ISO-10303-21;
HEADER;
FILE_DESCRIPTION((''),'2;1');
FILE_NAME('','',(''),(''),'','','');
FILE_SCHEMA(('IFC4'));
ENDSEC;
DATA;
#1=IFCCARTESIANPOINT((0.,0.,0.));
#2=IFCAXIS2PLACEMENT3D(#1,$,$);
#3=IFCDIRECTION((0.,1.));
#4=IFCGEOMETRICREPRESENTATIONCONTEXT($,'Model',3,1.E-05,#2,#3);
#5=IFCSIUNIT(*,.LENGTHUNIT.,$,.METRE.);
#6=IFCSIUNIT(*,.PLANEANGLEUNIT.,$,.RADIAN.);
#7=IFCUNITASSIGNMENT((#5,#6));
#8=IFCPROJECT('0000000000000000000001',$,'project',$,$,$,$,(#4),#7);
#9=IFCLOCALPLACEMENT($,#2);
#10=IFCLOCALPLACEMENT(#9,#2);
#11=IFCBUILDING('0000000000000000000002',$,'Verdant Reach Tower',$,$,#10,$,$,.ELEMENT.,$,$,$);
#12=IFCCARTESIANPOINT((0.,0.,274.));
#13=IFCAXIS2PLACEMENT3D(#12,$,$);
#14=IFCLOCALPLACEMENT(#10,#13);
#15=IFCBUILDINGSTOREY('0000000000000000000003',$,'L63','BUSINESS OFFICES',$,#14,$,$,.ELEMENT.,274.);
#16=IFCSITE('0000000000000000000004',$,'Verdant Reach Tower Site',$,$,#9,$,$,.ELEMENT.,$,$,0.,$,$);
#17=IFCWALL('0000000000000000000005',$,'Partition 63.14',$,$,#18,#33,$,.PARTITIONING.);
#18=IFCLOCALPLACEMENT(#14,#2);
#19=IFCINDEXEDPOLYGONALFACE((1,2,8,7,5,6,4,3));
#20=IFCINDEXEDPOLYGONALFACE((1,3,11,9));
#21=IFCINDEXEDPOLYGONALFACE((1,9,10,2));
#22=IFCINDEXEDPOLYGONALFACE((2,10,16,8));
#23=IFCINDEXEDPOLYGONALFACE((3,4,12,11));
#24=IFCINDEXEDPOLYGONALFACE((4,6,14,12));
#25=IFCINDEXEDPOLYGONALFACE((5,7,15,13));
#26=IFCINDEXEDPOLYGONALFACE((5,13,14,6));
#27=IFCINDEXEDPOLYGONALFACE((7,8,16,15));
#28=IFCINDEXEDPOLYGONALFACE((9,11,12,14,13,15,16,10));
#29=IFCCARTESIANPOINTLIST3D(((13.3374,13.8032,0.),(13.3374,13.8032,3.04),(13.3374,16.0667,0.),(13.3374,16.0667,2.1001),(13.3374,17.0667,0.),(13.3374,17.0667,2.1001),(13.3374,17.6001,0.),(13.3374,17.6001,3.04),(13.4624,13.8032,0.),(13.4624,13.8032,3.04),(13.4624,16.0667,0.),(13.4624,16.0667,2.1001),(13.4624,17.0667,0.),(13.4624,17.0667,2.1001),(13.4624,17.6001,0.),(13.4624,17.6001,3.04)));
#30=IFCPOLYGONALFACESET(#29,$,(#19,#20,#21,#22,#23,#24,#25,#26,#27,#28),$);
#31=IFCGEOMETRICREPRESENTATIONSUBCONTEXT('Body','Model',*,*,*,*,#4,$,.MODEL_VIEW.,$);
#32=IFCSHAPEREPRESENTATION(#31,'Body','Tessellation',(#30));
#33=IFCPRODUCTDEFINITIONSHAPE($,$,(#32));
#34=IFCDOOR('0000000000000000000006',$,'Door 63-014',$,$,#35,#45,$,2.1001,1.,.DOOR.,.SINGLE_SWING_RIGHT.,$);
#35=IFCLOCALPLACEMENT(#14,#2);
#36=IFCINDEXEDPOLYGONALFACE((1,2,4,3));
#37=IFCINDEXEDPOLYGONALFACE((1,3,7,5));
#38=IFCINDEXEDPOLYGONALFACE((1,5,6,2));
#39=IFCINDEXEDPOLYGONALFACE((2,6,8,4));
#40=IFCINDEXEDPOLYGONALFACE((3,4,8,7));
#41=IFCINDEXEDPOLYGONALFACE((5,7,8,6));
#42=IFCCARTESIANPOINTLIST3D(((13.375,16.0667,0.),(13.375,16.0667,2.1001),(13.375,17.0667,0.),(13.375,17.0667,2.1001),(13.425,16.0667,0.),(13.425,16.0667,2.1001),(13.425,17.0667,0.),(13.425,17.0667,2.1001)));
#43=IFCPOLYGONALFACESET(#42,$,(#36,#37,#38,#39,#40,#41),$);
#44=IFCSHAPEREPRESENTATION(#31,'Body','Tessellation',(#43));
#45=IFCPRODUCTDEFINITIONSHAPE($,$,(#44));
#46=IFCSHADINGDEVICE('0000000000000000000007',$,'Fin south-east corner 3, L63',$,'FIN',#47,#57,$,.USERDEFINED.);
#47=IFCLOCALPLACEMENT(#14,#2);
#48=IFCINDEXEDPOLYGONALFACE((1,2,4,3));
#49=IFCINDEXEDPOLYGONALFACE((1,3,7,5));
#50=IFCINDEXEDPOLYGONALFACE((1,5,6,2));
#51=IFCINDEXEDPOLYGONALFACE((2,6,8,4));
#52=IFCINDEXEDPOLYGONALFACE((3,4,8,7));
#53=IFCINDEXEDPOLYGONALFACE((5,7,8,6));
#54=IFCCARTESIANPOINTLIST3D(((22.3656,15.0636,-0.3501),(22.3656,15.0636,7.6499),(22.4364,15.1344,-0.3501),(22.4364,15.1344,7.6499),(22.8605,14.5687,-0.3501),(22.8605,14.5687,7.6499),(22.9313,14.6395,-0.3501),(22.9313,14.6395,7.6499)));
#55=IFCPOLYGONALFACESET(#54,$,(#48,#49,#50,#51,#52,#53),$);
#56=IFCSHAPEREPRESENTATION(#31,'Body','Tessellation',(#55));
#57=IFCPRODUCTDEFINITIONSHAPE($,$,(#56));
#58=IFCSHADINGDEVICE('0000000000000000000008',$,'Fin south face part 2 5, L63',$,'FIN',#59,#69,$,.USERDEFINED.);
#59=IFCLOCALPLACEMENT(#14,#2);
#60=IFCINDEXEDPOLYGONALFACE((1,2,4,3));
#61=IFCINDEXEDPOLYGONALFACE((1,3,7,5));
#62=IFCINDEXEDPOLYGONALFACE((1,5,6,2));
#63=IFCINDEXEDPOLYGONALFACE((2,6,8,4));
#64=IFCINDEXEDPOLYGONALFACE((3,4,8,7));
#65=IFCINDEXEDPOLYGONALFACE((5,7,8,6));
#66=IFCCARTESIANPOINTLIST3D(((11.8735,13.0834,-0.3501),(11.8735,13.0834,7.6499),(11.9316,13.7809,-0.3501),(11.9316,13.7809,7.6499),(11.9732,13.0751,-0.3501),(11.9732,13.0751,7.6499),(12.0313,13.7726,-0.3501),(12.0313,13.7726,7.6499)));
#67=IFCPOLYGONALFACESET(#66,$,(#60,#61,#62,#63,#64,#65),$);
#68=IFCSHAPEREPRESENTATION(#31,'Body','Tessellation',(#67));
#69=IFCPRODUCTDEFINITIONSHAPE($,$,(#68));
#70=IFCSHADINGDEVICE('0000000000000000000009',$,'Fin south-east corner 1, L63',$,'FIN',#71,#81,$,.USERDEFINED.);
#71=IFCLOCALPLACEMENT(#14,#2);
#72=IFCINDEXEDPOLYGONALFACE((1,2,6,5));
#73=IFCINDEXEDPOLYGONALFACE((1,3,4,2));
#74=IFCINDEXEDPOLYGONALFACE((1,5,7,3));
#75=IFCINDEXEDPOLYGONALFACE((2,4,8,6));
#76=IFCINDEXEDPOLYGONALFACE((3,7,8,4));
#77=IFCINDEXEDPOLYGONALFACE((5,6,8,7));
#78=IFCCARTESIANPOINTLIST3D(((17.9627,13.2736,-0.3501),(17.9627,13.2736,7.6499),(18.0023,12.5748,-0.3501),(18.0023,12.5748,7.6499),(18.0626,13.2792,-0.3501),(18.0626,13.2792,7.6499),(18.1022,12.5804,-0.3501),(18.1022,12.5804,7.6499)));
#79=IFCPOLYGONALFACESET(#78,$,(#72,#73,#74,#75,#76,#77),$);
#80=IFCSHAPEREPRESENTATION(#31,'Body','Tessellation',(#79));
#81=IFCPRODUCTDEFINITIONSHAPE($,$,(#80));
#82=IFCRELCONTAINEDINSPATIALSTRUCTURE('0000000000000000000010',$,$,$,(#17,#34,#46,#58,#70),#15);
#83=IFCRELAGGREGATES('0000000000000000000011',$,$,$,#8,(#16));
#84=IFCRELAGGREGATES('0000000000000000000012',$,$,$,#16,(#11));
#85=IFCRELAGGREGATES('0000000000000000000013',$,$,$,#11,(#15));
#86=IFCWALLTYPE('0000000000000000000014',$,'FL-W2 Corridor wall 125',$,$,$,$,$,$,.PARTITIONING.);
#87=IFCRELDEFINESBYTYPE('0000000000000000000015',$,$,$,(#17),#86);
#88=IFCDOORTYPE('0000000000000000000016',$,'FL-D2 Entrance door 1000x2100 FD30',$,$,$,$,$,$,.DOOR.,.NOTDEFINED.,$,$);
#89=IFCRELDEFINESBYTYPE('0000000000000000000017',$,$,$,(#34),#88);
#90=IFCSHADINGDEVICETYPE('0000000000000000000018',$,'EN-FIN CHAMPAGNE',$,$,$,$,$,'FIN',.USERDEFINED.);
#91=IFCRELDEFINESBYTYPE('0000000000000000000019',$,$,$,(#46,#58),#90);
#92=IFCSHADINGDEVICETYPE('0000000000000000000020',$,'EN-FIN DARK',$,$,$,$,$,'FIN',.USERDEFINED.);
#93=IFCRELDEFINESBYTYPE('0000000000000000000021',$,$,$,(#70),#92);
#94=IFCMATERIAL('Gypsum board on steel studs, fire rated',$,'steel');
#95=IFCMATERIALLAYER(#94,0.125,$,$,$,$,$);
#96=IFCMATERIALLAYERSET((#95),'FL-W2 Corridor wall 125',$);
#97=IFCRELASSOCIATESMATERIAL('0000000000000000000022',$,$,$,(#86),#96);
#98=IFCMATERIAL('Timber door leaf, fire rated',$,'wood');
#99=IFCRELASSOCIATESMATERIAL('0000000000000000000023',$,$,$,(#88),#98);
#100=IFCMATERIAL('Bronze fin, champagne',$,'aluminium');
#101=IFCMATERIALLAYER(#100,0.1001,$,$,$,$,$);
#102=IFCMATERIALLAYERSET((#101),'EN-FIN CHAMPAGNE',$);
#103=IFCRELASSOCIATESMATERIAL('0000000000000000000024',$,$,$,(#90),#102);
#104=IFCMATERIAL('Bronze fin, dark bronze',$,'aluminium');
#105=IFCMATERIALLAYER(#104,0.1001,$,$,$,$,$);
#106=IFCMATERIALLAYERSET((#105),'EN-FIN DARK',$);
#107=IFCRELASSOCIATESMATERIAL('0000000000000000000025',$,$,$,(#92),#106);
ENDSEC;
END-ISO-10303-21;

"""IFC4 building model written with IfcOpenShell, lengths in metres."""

from ifc_helpers import new_model, si_unit, direction, frame, frame_2d, origin, origin_2d, place, context, subcontext, project, spatial, rectangle, extrude, material, layer, layer_set, type_object, element, fill, save


model = new_model("IFC4")

# Units and contexts
model_context = context("Model", 3, precision=1e-05, world=origin(), true_north=direction((0.0, 1.0)))
body_context = subcontext(model_context, "Body", "Model", "MODEL_VIEW")
ifc_project = project(units=[si_unit("LENGTHUNIT", "METRE"), si_unit("PLANEANGLEUNIT", "RADIAN")], contexts=[model_context])

# Site, building, storey
site_placement = place(None, origin())
site = spatial("IfcSite", under=ifc_project, at=site_placement, Name="Verdant Reach Tower Site", CompositionType="ELEMENT", RefElevation=0.0)
building_placement = place(site_placement, origin())
building = spatial("IfcBuilding", under=site, at=building_placement, Name="Verdant Reach Tower", CompositionType="ELEMENT")
storey_placement = place(building_placement, frame((0.0, 0.0, 274.0)))
storey = spatial("IfcBuildingStorey", under=building, at=storey_placement, Name="L63", Description="BUSINESS OFFICES", CompositionType="ELEMENT", Elevation=274.0)

# Wall, opening, door
ifc_material_1 = material(Name="Gypsum board on steel studs, fire rated", Category="steel")
ifc_layer_1 = layer(ifc_material_1, 0.125)
ifc_layer_set_1 = layer_set([ifc_layer_1], Name="FL-W2 Corridor wall 125")
wall_type = type_object("IfcWallType", Name="FL-W2 Corridor wall 125", PredefinedType="PARTITIONING", material=ifc_layer_set_1)
wall_placement = place(storey_placement, frame((13.3999, 13.8032, 0.0), z_axis=(0.0, 0.0, 1.0), x_axis=(0.0, 1.0, 0.0)))
wall = element("IfcWall", 1, at=wall_placement, inside=storey, type_object=wall_type, Name="Partition 63.14", PredefinedType="PARTITIONING", context=body_context, shape_type="SweptSolid", body=[
    extrude(rectangle(XDim=3.7969, YDim=0.125, at=frame_2d((1.8984, 0.0))), origin(), (0.0, 0.0, 1.0), 3.04),
])
opening_placement = place(wall_placement, frame((2.2634, 0.0, 0.0)))
opening = element("IfcOpeningElement", 2, at=opening_placement, cuts=wall, PredefinedType="OPENING", context=body_context, shape_type="SweptSolid", body=[
    extrude(rectangle(XDim=1.0, YDim=2.1001, at=frame_2d((0.5, 1.05))), frame((0.0, 0.0725, 0.0), z_axis=(0.0, -1.0, 0.0), x_axis=(1.0, 0.0, 0.0)), (0.0, 0.0, 1.0), 0.145),
])
ifc_material_2 = material(Name="Timber door leaf, fire rated", Category="wood")
door_type = type_object("IfcDoorType", Name="FL-D2 Entrance door 1000x2100 FD30", OperationType="NOTDEFINED", PredefinedType="DOOR", material=ifc_material_2)
door_placement = place(opening_placement, origin())
door = element("IfcDoor", 3, at=door_placement, inside=storey, type_object=door_type, Name="Door 63-014", OperationType="SINGLE_SWING_RIGHT", OverallHeight=2.1001, OverallWidth=1.0, PredefinedType="DOOR", context=body_context, shape_type="SweptSolid", body=[
    extrude(rectangle(XDim=1.0, YDim=2.1001, at=frame_2d((0.5, 1.05))), frame((0.0, 0.0249, 0.0), z_axis=(0.0, -1.0, 0.0), x_axis=(1.0, 0.0, 0.0)), (0.0, 0.0, 1.0), 0.05),
])
fill(opening, door)

# Shading devices
ifc_material_3 = material(Name="Bronze fin, champagne", Category="aluminium")
ifc_layer_2 = layer(ifc_material_3, 0.1001)
ifc_layer_set_2 = layer_set([ifc_layer_2], Name="EN-FIN CHAMPAGNE")
shading_device_type_1 = type_object("IfcShadingDeviceType", Name="EN-FIN CHAMPAGNE", ElementType="FIN", PredefinedType="USERDEFINED", material=ifc_layer_set_2)
for number, where, z_axis, x_axis, name in (
    (4, (22.6484, 14.8516, -0.3501), (0.0, 0.0, 1.0), (0.707107, 0.707107, 0.0), "Fin south-east corner 3, L63"),
    (5, (11.9524, 13.428, -0.3501), (0.0, 0.0, 1.0), (0.996546, -0.083045, 0.0), "Fin south face part 2 5, L63"),
):
    element("IfcShadingDevice", number, at=place(storey_placement, frame(where, z_axis=z_axis, x_axis=x_axis)), inside=storey, type_object=shading_device_type_1, Name=name, ObjectType="FIN", PredefinedType="USERDEFINED", context=body_context, shape_type="SweptSolid", body=[
        extrude(rectangle(XDim=0.1001, YDim=0.7, at=origin_2d()), origin(), (0.0, 0.0, 1.0), 8.0),
    ])
ifc_material_4 = material(Name="Bronze fin, dark bronze", Category="aluminium")
ifc_layer_3 = layer(ifc_material_4, 0.1001)
ifc_layer_set_3 = layer_set([ifc_layer_3], Name="EN-FIN DARK")
shading_device_type_2 = type_object("IfcShadingDeviceType", Name="EN-FIN DARK", ElementType="FIN", PredefinedType="USERDEFINED", material=ifc_layer_set_3)
shading_device_placement = place(storey_placement, frame((18.0325, 12.927, -0.3501), z_axis=(0.0, 0.0, 1.0), x_axis=(0.998399, 0.056569, 0.0)))
element("IfcShadingDevice", 6, at=shading_device_placement, inside=storey, type_object=shading_device_type_2, Name="Fin south-east corner 1, L63", ObjectType="FIN", PredefinedType="USERDEFINED", context=body_context, shape_type="SweptSolid", body=[
    extrude(rectangle(XDim=0.1001, YDim=0.7, at=origin_2d()), origin(), (0.0, 0.0, 1.0), 8.0),
])

save(model, "model.ifc")
